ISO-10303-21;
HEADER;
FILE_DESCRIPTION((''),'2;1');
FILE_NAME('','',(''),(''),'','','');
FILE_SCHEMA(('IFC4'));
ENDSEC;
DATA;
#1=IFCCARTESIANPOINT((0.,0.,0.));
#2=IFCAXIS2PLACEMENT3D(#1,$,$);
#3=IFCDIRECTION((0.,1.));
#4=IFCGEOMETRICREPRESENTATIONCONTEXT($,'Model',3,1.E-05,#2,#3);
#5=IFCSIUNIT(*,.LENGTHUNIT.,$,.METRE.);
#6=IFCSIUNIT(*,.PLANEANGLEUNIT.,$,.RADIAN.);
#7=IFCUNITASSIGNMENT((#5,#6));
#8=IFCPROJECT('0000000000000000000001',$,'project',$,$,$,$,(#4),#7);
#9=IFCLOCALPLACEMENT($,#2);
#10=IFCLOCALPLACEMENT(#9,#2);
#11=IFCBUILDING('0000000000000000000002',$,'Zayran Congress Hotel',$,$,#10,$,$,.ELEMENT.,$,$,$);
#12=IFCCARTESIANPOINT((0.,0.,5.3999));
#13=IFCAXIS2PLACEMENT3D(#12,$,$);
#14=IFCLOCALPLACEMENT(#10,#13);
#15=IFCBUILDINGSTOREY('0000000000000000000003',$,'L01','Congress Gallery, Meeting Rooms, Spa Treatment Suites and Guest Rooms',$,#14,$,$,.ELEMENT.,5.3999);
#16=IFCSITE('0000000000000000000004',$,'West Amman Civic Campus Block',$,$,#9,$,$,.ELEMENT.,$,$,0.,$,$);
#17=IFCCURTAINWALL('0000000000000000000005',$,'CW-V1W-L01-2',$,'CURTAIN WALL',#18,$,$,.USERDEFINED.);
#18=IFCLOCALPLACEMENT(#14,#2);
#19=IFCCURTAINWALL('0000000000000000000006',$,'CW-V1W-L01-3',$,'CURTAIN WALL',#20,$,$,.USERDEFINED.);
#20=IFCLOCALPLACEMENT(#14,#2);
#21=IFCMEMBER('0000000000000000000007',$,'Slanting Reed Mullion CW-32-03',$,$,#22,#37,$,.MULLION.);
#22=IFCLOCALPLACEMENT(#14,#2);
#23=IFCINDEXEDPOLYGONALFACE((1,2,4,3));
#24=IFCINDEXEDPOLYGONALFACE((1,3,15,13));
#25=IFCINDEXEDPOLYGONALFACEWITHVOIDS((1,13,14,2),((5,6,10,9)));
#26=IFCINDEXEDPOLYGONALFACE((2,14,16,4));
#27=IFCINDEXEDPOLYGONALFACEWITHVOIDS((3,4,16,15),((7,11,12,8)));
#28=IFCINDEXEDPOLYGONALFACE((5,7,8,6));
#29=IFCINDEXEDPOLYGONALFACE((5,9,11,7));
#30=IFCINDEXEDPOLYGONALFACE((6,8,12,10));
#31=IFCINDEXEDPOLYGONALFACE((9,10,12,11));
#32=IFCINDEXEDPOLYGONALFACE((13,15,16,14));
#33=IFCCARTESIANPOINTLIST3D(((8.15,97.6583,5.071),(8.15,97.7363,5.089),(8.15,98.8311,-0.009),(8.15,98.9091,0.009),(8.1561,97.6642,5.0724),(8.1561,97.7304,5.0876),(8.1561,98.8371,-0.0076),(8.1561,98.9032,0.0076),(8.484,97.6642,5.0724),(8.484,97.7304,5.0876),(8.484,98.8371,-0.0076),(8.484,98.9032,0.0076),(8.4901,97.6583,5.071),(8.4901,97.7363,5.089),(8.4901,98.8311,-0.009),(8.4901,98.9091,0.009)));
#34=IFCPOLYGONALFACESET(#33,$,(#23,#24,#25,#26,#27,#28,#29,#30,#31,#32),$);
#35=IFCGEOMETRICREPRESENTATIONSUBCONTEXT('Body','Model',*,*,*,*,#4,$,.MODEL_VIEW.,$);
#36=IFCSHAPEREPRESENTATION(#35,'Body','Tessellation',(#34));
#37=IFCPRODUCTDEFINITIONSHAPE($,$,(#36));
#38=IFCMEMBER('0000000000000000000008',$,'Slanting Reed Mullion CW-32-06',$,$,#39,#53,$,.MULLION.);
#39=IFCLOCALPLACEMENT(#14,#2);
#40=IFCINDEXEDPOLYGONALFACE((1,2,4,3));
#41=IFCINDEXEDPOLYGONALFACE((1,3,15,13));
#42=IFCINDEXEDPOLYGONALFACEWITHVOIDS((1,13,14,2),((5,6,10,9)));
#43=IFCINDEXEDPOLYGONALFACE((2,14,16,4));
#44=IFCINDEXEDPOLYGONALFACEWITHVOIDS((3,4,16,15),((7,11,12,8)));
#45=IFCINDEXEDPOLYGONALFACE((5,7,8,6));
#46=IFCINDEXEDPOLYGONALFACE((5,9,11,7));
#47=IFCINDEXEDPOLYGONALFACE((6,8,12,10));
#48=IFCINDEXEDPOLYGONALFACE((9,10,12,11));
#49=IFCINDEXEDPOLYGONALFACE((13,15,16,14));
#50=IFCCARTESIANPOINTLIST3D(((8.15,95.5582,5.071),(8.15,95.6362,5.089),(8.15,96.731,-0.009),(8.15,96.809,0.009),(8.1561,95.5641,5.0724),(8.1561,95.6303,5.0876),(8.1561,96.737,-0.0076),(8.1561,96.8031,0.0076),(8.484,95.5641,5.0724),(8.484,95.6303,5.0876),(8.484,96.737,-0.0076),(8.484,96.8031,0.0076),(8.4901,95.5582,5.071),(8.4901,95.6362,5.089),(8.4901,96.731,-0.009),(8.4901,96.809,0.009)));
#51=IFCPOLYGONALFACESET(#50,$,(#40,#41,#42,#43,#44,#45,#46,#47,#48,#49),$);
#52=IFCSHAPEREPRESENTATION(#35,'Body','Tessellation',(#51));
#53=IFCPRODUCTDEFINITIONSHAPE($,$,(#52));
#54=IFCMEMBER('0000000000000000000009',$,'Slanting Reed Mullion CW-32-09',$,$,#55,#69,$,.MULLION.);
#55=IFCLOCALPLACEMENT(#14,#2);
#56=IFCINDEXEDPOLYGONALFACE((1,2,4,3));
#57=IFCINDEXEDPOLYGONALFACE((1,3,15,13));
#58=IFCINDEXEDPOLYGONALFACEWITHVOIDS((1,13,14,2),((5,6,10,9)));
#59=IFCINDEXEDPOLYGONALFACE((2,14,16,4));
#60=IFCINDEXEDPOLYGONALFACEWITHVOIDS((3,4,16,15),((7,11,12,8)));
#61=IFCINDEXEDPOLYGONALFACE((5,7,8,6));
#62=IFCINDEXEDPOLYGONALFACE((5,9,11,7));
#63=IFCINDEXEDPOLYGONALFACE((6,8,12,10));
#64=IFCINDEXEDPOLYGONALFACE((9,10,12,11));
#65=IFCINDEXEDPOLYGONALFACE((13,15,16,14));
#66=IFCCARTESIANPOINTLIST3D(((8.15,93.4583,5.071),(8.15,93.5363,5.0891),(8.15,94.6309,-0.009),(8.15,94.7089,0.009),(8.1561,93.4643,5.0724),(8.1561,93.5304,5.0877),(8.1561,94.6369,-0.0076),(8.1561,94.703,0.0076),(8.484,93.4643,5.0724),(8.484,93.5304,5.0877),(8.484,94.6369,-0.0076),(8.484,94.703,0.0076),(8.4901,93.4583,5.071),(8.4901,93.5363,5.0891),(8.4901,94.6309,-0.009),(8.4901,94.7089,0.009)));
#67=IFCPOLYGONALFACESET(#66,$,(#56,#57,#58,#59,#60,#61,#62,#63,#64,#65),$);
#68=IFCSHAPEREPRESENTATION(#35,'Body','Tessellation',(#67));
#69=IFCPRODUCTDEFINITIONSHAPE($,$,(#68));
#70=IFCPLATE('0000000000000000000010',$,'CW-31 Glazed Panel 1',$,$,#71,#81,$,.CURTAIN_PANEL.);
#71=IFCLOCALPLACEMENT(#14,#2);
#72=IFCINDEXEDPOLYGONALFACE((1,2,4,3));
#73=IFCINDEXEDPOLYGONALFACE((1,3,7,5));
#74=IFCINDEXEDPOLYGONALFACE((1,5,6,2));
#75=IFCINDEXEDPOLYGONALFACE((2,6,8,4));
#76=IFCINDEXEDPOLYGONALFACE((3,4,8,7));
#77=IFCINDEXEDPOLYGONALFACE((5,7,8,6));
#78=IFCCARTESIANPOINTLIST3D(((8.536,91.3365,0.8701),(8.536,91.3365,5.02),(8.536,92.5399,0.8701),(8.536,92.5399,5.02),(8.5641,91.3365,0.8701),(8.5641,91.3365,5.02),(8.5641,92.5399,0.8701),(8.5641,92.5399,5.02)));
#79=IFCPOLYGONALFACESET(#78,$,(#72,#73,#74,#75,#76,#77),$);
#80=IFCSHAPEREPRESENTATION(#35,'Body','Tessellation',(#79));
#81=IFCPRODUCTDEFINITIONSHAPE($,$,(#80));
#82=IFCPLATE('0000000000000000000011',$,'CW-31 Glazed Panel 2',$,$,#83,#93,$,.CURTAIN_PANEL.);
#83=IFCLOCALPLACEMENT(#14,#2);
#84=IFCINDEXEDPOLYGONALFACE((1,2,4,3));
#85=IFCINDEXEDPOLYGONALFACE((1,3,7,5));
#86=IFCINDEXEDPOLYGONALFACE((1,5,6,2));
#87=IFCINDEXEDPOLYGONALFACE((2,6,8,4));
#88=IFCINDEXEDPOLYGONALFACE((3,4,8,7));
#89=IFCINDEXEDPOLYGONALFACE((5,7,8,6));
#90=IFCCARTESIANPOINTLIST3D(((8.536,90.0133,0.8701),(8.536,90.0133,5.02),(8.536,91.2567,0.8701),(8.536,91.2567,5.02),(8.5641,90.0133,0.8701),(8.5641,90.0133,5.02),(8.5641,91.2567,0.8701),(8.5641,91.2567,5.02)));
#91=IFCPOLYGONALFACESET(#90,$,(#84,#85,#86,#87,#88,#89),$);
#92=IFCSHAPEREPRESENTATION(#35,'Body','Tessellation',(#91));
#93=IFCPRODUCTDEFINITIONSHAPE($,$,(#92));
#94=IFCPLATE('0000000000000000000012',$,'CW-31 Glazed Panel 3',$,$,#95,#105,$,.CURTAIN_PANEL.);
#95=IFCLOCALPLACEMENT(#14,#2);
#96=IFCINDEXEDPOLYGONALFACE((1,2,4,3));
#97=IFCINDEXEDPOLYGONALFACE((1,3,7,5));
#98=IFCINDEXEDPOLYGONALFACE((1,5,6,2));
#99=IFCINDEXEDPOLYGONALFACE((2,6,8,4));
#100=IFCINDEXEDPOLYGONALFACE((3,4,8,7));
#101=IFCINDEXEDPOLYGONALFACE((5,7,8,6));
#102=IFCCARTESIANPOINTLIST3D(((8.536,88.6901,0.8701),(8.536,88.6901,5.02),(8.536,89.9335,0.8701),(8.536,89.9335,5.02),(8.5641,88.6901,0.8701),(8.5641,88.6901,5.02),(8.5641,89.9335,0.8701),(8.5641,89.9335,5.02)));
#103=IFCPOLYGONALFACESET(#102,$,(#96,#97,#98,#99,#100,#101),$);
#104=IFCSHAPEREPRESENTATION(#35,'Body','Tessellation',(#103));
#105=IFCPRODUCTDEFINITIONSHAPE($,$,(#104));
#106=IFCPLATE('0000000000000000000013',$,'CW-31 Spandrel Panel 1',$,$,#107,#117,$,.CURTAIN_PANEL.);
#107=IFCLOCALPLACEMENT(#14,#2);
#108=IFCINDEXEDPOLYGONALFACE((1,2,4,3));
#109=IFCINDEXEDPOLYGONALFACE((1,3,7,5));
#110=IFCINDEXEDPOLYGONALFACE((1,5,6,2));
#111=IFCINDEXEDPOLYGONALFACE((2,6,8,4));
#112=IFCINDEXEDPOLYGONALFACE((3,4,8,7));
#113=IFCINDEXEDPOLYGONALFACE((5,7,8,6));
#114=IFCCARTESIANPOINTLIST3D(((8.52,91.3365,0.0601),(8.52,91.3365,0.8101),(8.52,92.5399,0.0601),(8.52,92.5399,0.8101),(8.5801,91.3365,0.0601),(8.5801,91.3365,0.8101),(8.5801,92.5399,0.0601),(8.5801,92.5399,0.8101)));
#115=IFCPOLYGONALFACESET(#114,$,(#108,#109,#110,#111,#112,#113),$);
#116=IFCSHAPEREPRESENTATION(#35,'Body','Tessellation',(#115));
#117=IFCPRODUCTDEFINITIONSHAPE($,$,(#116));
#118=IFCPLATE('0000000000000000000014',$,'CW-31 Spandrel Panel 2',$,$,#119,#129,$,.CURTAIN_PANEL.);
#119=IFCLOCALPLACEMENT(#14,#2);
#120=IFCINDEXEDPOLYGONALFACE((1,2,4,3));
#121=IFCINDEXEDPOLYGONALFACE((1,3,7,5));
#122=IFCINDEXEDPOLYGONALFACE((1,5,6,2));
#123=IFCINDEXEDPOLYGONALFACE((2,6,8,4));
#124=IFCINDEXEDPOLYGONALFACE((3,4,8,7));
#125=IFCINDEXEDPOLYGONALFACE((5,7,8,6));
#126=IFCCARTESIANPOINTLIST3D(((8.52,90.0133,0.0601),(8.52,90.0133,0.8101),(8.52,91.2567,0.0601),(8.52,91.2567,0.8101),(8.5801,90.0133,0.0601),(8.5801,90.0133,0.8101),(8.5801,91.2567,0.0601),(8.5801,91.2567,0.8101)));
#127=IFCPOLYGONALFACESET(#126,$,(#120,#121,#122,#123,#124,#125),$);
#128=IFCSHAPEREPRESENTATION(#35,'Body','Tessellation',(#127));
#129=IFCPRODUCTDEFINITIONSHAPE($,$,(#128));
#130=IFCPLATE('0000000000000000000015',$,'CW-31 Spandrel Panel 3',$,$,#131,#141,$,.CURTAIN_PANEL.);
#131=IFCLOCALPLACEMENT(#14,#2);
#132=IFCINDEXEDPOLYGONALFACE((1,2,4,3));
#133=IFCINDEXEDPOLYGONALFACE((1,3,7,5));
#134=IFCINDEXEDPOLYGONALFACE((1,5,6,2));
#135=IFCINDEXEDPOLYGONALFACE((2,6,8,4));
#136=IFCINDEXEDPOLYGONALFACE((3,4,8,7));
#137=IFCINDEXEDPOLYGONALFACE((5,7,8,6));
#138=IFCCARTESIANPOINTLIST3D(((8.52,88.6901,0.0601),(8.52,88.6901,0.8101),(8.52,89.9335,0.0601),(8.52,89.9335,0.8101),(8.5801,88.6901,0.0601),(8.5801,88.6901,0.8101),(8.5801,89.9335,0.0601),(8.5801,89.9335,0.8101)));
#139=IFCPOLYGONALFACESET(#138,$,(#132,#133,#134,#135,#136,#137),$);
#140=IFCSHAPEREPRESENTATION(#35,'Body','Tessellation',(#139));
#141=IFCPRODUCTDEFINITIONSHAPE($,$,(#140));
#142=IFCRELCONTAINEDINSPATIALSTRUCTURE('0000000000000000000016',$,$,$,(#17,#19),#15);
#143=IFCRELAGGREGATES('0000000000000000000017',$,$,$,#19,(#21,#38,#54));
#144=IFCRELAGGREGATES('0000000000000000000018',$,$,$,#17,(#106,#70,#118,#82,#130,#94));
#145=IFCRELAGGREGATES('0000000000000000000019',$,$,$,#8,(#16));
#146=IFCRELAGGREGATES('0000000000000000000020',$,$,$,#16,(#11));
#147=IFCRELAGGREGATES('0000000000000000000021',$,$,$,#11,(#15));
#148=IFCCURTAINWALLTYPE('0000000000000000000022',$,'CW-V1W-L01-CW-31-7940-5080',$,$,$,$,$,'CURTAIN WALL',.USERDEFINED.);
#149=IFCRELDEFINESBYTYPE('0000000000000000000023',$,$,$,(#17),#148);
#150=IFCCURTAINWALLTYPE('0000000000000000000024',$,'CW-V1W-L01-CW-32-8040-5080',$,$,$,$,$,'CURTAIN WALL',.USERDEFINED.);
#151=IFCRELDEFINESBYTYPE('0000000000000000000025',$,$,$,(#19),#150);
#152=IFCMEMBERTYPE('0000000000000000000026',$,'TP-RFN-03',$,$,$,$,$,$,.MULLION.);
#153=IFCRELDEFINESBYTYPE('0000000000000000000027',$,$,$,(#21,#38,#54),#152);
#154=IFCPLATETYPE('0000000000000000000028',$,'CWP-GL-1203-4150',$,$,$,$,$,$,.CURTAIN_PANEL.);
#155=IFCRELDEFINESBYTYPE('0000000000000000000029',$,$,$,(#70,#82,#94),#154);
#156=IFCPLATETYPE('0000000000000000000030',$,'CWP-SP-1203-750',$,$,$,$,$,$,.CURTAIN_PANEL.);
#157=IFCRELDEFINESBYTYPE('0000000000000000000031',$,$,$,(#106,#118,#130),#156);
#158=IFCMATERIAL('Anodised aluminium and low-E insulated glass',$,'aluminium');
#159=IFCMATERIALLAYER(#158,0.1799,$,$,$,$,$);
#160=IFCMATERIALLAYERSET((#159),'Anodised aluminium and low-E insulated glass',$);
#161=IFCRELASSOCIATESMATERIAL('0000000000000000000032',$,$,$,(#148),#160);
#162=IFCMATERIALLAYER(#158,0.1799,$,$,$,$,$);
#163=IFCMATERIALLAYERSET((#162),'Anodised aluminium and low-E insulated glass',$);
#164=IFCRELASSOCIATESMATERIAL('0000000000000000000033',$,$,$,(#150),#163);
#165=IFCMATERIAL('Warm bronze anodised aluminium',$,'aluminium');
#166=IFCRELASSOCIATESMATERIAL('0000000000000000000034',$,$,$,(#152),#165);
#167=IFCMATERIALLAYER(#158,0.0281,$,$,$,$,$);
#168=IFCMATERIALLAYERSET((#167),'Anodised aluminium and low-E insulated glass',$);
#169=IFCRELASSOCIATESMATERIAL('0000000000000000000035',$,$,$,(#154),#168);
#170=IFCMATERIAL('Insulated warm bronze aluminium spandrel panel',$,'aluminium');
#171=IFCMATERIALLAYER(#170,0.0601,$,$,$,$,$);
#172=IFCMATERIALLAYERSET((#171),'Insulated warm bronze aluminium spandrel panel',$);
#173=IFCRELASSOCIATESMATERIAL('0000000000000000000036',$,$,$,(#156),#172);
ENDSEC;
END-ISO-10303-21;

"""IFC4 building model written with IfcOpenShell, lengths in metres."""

from ifc_helpers import new_model, si_unit, direction, frame, origin, origin_2d, place, context, subcontext, project, spatial, rectangle, hollow_rectangle, extrude, material, layer, layer_set, material_profile, profile_set, type_object, element, aggregate, save


model = new_model("IFC4")

# Units and contexts
model_context = context("Model", 3, precision=1e-05, world=origin(), true_north=direction((0.0, 1.0)))
body_context = subcontext(model_context, "Body", "Model", "MODEL_VIEW")
ifc_project = project(units=[si_unit("LENGTHUNIT", "METRE"), si_unit("PLANEANGLEUNIT", "RADIAN")], contexts=[model_context])

# Site, building, storey
site_placement = place(None, origin())
site = spatial("IfcSite", under=ifc_project, at=site_placement, Name="West Amman Civic Campus Block", CompositionType="ELEMENT", RefElevation=0.0)
building_placement = place(site_placement, origin())
building = spatial("IfcBuilding", under=site, at=building_placement, Name="Zayran Congress Hotel", CompositionType="ELEMENT")
storey_placement = place(building_placement, frame((0.0, 0.0, 5.3999)))
storey = spatial("IfcBuildingStorey", under=building, at=storey_placement, Name="L01", Description="Congress Gallery, Meeting Rooms, Spa Treatment Suites and Guest Rooms", CompositionType="ELEMENT", Elevation=5.3999)

# Curtain walls
ifc_material_1 = material(Name="Anodised aluminium and low-E insulated glass", Category="aluminium")
ifc_layer_1 = layer(ifc_material_1, 0.1799)
ifc_layer_set_1 = layer_set([ifc_layer_1], Name="Anodised aluminium and low-E insulated glass")
curtain_wall_type_1 = type_object("IfcCurtainWallType", Name="CW-V1W-L01-CW-31-7940-5080", ElementType="CURTAIN WALL", PredefinedType="USERDEFINED", material=ifc_layer_set_1)
curtain_wall_1_placement = place(storey_placement, origin())
curtain_wall_1 = element("IfcCurtainWall", 1, at=curtain_wall_1_placement, inside=storey, type_object=curtain_wall_type_1, Name="CW-V1W-L01-2", ObjectType="CURTAIN WALL", PredefinedType="USERDEFINED")
ifc_material_2 = material(Name="Warm bronze anodised aluminium", Category="aluminium")
ifc_layer_2 = layer(ifc_material_1, 0.1799)
ifc_layer_set_2 = layer_set([ifc_layer_2], Name="Anodised aluminium and low-E insulated glass")
curtain_wall_type_2 = type_object("IfcCurtainWallType", Name="CW-V1W-L01-CW-32-8040-5080", ElementType="CURTAIN WALL", PredefinedType="USERDEFINED", material=ifc_layer_set_2)
curtain_wall_2_placement = place(storey_placement, origin())
curtain_wall_2 = element("IfcCurtainWall", 2, at=curtain_wall_2_placement, inside=storey, type_object=curtain_wall_type_2, Name="CW-V1W-L01-3", ObjectType="CURTAIN WALL", PredefinedType="USERDEFINED")

# Members
ifc_material_profile_1 = material_profile(ifc_material_2, hollow_rectangle(XDim=0.0801, YDim=0.3401, WallThickness=0.0061, at=origin_2d()), Name="RHS 340x80x6")
ifc_profile_set_1 = profile_set([ifc_material_profile_1], Name="Warm bronze anodised aluminium")
member_type_1 = type_object("IfcMemberType", Name="TP-RFN-03", PredefinedType="MULLION", material=ifc_profile_set_1)
member_1_placement = place(storey_placement, frame((8.3201, 98.8701, 0.0), z_axis=(0.0, -0.224955, 0.974369), x_axis=(0.0, 0.974369, 0.224955)))
member_1 = element("IfcMember", 3, at=member_1_placement, type_object=member_type_1, Name="Slanting Reed Mullion CW-32-03", PredefinedType="MULLION", context=body_context, shape_type="SweptSolid", body=[
    extrude(hollow_rectangle(XDim=0.0801, YDim=0.3401, WallThickness=0.0061, at=origin_2d()), origin(), (0.0, 0.0, 1.0), 5.2136),
])
member_2_placement = place(storey_placement, frame((8.3201, 96.77, 0.0), z_axis=(0.0, -0.224955, 0.974369), x_axis=(0.0, 0.974369, 0.224955)))
member_2 = element("IfcMember", 4, at=member_2_placement, type_object=member_type_1, Name="Slanting Reed Mullion CW-32-06", PredefinedType="MULLION", context=body_context, shape_type="SweptSolid", body=[
    extrude(hollow_rectangle(XDim=0.0801, YDim=0.3401, WallThickness=0.0061, at=origin_2d()), origin(), (0.0, 0.0, 1.0), 5.2136),
])
member_3_placement = place(storey_placement, frame((8.3201, 94.6699, 0.0), z_axis=(0.0, -0.224911, 0.974379), x_axis=(0.0, 0.974379, 0.224911)))
member_3 = element("IfcMember", 5, at=member_3_placement, type_object=member_type_1, Name="Slanting Reed Mullion CW-32-09", PredefinedType="MULLION", context=body_context, shape_type="SweptSolid", body=[
    extrude(hollow_rectangle(XDim=0.0801, YDim=0.3401, WallThickness=0.0061, at=origin_2d()), origin(), (0.0, 0.0, 1.0), 5.2136),
])
aggregate(curtain_wall_2, [member_1, member_2, member_3])

# Plates
ifc_layer_3 = layer(ifc_material_1, 0.0281)
ifc_layer_set_3 = layer_set([ifc_layer_3], Name="Anodised aluminium and low-E insulated glass")
plate_type_1 = type_object("IfcPlateType", Name="CWP-GL-1203-4150", PredefinedType="CURTAIN_PANEL", material=ifc_layer_set_3)
plate_1_placement = place(storey_placement, frame((8.55, 91.9382, 0.8701), z_axis=(0.0, 0.0, 1.0), x_axis=(0.0, 1.0, 0.0)))
plate_1 = element("IfcPlate", 6, at=plate_1_placement, type_object=plate_type_1, Name="CW-31 Glazed Panel 1", PredefinedType="CURTAIN_PANEL", context=body_context, shape_type="SweptSolid", body=[
    extrude(rectangle(XDim=1.2034, YDim=0.0281, at=origin_2d()), origin(), (0.0, 0.0, 1.0), 4.1499),
])
plate_2_placement = place(storey_placement, frame((8.55, 90.635, 0.8701), z_axis=(0.0, 0.0, 1.0), x_axis=(0.0, 1.0, 0.0)))
plate_2 = element("IfcPlate", 7, at=plate_2_placement, type_object=plate_type_1, Name="CW-31 Glazed Panel 2", PredefinedType="CURTAIN_PANEL", context=body_context, shape_type="SweptSolid", body=[
    extrude(rectangle(XDim=1.2434, YDim=0.0281, at=origin_2d()), origin(), (0.0, 0.0, 1.0), 4.1499),
])
plate_3_placement = place(storey_placement, frame((8.55, 89.3118, 0.8701), z_axis=(0.0, 0.0, 1.0), x_axis=(0.0, 1.0, 0.0)))
plate_3 = element("IfcPlate", 8, at=plate_3_placement, type_object=plate_type_1, Name="CW-31 Glazed Panel 3", PredefinedType="CURTAIN_PANEL", context=body_context, shape_type="SweptSolid", body=[
    extrude(rectangle(XDim=1.2434, YDim=0.0281, at=origin_2d()), origin(), (0.0, 0.0, 1.0), 4.1499),
])
ifc_material_3 = material(Name="Insulated warm bronze aluminium spandrel panel", Category="aluminium")
ifc_layer_4 = layer(ifc_material_3, 0.0601)
ifc_layer_set_4 = layer_set([ifc_layer_4], Name="Insulated warm bronze aluminium spandrel panel")
plate_type_2 = type_object("IfcPlateType", Name="CWP-SP-1203-750", PredefinedType="CURTAIN_PANEL", material=ifc_layer_set_4)
plate_4_placement = place(storey_placement, frame((8.55, 91.9382, 0.0601), z_axis=(0.0, 0.0, 1.0), x_axis=(0.0, 1.0, 0.0)))
plate_4 = element("IfcPlate", 9, at=plate_4_placement, type_object=plate_type_2, Name="CW-31 Spandrel Panel 1", PredefinedType="CURTAIN_PANEL", context=body_context, shape_type="SweptSolid", body=[
    extrude(rectangle(XDim=1.2034, YDim=0.0601, at=origin_2d()), origin(), (0.0, 0.0, 1.0), 0.75),
])
plate_5_placement = place(storey_placement, frame((8.55, 90.635, 0.0601), z_axis=(0.0, 0.0, 1.0), x_axis=(0.0, 1.0, 0.0)))
plate_5 = element("IfcPlate", 10, at=plate_5_placement, type_object=plate_type_2, Name="CW-31 Spandrel Panel 2", PredefinedType="CURTAIN_PANEL", context=body_context, shape_type="SweptSolid", body=[
    extrude(rectangle(XDim=1.2434, YDim=0.0601, at=origin_2d()), origin(), (0.0, 0.0, 1.0), 0.75),
])
plate_6_placement = place(storey_placement, frame((8.55, 89.3118, 0.0601), z_axis=(0.0, 0.0, 1.0), x_axis=(0.0, 1.0, 0.0)))
plate_6 = element("IfcPlate", 11, at=plate_6_placement, type_object=plate_type_2, Name="CW-31 Spandrel Panel 3", PredefinedType="CURTAIN_PANEL", context=body_context, shape_type="SweptSolid", body=[
    extrude(rectangle(XDim=1.2434, YDim=0.0601, at=origin_2d()), origin(), (0.0, 0.0, 1.0), 0.75),
])
aggregate(curtain_wall_1, [plate_4, plate_1, plate_5, plate_2, plate_6, plate_3])

save(model, "model.ifc")
